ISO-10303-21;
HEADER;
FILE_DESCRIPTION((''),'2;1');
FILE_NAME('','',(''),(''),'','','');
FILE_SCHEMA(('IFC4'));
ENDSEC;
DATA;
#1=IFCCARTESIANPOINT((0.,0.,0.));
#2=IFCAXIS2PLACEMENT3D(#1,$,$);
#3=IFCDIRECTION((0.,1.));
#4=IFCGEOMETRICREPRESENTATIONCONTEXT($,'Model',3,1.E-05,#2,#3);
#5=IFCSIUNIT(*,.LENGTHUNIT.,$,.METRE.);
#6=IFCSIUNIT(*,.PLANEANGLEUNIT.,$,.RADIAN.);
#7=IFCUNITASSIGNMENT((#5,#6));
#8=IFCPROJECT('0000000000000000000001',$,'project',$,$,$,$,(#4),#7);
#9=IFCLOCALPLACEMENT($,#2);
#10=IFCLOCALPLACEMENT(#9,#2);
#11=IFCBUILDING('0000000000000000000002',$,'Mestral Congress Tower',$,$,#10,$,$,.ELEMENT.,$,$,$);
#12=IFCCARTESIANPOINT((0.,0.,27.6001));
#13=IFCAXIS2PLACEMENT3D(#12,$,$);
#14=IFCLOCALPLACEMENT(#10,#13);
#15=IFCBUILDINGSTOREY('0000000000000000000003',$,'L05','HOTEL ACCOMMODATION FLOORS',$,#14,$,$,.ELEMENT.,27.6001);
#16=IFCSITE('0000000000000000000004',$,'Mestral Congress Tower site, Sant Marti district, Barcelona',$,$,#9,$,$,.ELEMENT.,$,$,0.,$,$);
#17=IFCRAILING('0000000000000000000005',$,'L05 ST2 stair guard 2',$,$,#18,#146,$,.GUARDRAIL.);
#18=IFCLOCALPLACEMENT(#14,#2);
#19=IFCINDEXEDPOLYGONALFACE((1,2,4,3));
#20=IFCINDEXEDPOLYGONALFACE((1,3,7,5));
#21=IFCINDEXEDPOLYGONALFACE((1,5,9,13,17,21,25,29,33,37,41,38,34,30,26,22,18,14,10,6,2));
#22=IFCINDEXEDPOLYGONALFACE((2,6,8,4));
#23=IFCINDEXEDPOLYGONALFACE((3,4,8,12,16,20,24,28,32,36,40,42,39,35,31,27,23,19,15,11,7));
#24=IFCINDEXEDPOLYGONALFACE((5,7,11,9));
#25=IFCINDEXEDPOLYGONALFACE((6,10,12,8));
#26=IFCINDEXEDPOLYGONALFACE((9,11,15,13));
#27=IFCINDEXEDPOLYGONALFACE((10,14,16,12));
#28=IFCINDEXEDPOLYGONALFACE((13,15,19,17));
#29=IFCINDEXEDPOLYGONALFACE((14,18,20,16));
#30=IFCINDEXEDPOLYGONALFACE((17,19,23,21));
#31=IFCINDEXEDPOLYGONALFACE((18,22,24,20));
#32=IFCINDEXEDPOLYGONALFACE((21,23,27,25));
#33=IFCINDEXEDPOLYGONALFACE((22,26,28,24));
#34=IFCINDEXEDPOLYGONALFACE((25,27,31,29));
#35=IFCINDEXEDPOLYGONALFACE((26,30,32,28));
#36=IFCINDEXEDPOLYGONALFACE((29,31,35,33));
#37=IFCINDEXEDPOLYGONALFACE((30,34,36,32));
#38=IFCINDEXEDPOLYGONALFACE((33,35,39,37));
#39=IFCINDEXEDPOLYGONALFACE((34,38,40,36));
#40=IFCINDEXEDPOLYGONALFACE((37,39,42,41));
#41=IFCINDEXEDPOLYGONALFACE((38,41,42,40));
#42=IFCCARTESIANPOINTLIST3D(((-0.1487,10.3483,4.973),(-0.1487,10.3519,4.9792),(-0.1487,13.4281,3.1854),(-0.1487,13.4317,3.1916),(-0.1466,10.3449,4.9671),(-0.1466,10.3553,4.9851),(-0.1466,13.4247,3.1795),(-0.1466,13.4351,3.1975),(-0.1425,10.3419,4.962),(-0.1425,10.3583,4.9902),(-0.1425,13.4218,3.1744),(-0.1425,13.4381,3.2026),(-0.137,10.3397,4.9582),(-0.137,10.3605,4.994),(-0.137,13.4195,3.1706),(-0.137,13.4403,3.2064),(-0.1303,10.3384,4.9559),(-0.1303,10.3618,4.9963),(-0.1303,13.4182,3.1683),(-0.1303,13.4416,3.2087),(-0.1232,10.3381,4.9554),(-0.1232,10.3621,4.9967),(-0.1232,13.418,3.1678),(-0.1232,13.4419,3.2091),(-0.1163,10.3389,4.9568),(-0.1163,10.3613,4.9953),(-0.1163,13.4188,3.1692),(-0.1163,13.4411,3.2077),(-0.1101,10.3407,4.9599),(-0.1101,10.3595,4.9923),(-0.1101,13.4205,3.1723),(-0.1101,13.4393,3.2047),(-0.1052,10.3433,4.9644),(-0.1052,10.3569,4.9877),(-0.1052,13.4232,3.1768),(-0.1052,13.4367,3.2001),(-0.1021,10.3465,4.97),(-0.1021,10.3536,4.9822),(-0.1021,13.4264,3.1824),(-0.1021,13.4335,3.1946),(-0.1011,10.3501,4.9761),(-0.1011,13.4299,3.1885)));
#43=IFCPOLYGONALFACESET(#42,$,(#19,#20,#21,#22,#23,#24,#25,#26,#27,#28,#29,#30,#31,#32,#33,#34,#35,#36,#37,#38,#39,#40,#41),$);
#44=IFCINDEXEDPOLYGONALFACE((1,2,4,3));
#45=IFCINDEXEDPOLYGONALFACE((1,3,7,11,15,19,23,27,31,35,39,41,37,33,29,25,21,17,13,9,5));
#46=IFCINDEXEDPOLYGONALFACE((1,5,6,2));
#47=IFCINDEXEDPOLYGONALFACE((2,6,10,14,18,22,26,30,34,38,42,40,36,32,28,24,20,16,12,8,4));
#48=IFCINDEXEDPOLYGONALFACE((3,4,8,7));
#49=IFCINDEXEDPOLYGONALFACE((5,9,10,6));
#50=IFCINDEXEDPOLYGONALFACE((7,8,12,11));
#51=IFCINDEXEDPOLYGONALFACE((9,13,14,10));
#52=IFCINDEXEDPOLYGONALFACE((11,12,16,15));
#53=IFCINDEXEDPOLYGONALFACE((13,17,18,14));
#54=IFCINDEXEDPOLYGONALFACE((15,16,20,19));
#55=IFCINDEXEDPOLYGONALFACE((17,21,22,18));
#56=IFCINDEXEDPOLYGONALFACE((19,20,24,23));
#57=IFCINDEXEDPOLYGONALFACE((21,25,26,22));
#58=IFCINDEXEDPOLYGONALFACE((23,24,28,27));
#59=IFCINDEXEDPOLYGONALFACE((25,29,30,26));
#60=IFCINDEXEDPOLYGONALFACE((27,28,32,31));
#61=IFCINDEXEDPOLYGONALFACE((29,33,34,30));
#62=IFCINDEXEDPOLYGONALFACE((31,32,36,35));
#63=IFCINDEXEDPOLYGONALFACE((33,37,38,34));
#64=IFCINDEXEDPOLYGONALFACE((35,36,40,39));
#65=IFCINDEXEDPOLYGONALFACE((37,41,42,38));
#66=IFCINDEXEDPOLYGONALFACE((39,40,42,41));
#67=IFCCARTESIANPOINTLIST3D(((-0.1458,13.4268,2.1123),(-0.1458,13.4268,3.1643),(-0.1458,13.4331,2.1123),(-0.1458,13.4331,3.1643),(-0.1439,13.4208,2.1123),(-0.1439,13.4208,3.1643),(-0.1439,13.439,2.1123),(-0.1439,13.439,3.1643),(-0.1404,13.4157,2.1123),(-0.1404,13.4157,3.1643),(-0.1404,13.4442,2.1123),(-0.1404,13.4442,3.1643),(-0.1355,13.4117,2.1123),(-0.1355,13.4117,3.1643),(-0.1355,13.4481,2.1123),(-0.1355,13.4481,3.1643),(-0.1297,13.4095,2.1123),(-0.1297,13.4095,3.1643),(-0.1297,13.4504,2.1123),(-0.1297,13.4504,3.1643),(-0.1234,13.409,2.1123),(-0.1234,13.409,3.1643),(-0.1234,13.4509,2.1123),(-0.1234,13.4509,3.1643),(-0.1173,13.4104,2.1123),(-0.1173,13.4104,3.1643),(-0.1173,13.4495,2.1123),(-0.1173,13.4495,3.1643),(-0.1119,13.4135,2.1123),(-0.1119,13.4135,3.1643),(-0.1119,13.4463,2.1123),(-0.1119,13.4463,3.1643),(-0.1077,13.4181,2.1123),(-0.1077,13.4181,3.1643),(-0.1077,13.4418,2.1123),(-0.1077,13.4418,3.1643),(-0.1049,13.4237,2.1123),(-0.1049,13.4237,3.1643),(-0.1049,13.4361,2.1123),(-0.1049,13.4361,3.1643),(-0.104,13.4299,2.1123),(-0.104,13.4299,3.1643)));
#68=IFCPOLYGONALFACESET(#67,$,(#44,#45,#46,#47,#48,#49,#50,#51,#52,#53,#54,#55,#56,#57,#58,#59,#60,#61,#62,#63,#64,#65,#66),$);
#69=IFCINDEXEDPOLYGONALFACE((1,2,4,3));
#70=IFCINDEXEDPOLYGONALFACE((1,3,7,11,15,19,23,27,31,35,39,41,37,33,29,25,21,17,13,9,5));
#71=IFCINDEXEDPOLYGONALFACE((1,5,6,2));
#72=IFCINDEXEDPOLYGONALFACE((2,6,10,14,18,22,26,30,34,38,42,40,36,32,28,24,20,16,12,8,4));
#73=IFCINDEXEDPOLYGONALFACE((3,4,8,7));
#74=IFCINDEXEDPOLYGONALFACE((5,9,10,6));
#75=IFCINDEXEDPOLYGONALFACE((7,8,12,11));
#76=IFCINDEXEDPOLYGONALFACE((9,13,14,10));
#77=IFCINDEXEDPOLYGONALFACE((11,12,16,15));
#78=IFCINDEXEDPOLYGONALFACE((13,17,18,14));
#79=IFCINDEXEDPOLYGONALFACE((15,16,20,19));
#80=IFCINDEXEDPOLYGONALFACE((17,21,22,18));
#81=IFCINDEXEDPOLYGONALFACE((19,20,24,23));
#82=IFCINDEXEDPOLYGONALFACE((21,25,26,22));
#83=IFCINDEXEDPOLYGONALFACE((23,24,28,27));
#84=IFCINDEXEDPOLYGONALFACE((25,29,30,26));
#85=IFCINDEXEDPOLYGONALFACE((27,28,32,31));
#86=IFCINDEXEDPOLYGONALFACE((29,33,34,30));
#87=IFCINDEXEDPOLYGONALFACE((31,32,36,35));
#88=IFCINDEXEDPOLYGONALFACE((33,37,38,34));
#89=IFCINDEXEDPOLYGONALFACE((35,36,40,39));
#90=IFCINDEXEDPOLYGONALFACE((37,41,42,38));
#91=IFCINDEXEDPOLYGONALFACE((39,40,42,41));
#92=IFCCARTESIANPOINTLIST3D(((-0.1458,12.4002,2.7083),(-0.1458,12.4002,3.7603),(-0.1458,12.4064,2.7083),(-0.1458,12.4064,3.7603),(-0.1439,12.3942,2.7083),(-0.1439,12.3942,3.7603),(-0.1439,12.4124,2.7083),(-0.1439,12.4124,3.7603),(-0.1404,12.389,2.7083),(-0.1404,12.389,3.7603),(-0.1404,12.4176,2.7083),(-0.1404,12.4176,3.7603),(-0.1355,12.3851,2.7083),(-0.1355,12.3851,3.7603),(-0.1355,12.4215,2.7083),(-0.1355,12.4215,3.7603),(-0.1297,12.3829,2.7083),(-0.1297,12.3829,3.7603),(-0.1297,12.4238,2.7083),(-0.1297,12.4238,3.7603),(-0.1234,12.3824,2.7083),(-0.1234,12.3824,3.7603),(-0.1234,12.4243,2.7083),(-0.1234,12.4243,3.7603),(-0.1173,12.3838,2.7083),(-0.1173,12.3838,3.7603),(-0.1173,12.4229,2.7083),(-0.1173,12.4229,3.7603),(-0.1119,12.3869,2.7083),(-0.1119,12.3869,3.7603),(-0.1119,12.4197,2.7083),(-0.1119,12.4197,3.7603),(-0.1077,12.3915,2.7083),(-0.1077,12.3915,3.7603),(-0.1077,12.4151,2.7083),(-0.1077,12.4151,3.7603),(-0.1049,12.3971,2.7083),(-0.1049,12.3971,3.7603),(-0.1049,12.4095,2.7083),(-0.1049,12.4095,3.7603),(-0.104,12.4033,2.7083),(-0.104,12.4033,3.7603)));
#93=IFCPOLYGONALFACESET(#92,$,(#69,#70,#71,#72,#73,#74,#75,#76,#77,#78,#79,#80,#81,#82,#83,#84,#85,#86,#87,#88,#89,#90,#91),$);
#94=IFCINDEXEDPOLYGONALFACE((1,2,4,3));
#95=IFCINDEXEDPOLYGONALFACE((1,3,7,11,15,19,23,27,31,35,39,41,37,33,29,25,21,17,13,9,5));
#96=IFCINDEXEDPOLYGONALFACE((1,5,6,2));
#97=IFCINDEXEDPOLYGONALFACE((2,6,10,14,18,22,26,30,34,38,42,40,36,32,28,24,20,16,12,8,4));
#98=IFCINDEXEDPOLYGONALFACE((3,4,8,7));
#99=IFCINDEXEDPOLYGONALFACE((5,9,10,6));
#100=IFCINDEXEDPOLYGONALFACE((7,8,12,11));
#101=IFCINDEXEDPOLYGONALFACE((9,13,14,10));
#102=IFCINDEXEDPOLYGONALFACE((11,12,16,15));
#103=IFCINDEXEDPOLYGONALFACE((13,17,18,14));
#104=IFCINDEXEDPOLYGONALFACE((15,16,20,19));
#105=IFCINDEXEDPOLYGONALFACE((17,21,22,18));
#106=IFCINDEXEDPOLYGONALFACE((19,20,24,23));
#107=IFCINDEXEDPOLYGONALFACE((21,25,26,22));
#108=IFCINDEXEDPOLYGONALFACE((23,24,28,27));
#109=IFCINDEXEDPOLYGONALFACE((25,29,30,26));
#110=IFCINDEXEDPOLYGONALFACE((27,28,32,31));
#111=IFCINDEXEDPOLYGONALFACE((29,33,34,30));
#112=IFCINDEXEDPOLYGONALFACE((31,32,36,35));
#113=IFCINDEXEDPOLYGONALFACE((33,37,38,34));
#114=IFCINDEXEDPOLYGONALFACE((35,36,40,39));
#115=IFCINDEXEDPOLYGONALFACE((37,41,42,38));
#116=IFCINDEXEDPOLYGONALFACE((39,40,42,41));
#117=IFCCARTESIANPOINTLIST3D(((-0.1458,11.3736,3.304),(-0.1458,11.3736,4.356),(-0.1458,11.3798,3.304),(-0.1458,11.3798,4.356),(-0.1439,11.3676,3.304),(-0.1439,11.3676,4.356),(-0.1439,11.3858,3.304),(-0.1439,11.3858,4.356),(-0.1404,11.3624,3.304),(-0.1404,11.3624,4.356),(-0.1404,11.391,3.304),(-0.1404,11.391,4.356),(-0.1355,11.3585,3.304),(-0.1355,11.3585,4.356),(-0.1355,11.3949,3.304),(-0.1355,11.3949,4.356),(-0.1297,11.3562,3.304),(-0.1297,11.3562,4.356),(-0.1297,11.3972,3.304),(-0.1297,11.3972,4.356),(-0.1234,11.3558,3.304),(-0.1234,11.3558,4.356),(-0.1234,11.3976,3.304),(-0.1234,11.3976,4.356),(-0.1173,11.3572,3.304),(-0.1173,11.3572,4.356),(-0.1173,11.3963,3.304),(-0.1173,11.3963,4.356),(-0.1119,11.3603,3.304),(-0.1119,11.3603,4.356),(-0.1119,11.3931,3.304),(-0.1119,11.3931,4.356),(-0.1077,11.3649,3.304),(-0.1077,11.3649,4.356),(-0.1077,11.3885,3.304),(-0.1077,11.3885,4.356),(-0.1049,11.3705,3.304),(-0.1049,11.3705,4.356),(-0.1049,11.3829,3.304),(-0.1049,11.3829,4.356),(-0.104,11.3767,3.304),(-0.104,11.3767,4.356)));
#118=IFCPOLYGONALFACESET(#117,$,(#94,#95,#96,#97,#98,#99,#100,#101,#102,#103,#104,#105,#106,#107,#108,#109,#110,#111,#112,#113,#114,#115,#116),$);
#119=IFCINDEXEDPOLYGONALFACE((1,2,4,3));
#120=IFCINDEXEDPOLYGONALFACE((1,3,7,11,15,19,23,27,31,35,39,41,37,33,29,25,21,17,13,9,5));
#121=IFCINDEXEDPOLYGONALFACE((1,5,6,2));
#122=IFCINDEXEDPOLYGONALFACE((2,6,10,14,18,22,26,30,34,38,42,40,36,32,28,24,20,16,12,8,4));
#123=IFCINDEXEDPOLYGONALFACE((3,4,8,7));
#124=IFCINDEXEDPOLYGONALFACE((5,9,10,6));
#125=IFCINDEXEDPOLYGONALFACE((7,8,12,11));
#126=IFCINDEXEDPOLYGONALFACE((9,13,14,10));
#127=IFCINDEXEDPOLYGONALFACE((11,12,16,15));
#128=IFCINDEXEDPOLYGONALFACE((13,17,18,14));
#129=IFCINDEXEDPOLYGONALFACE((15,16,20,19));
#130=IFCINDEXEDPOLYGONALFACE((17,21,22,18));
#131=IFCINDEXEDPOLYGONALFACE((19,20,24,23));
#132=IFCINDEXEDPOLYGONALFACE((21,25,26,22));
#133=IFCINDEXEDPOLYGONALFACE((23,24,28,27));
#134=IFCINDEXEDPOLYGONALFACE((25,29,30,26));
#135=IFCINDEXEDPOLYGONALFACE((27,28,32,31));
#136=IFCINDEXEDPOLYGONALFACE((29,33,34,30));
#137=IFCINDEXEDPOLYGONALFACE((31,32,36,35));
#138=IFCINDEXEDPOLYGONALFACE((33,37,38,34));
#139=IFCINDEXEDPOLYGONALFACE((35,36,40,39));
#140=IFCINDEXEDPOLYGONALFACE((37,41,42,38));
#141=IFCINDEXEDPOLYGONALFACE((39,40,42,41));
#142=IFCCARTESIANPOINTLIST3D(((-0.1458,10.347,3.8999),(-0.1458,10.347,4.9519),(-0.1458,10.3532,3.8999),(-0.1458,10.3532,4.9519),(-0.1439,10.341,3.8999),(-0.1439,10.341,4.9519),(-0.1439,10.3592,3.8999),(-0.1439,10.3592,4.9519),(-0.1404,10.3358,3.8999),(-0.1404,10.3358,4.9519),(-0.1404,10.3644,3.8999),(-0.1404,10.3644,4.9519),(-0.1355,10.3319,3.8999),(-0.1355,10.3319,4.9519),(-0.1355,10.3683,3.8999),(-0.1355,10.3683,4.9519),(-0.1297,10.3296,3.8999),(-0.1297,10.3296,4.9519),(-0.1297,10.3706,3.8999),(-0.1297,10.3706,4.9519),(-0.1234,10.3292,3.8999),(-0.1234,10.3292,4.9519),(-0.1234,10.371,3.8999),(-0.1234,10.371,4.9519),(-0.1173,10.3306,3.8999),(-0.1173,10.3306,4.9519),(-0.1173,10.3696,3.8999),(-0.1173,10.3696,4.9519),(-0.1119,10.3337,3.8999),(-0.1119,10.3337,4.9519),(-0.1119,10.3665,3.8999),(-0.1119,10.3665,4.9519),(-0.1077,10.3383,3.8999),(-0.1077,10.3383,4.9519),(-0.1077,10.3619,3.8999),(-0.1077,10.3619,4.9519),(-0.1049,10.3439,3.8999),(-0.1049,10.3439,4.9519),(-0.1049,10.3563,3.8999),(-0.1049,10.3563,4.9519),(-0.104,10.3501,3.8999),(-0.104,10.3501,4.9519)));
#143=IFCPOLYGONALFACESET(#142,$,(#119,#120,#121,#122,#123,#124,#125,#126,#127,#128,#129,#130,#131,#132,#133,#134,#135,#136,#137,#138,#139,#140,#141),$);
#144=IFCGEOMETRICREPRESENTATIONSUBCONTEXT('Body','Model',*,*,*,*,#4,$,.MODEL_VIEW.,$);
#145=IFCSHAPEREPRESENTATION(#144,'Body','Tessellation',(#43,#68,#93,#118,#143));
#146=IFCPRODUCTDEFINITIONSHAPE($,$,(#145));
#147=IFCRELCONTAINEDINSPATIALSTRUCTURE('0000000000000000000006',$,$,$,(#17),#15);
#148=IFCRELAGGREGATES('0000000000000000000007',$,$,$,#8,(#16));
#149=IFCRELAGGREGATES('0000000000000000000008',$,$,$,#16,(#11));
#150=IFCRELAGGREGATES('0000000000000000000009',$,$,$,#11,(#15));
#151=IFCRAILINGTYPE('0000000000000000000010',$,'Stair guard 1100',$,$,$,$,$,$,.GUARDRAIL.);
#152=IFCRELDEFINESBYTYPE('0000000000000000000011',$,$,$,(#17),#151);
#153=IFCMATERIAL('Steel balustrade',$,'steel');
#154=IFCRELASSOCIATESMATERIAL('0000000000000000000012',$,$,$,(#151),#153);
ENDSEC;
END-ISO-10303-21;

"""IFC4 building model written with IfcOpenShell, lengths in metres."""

from ifc_helpers import new_model, si_unit, direction, frame, origin, origin_2d, place, context, subcontext, project, spatial, circle, extrude, material, type_object, element, save


model = new_model("IFC4")

# Units and contexts
model_context = context("Model", 3, precision=1e-05, world=origin(), true_north=direction((0.0, 1.0)))
body_context = subcontext(model_context, "Body", "Model", "MODEL_VIEW")
ifc_project = project(units=[si_unit("LENGTHUNIT", "METRE"), si_unit("PLANEANGLEUNIT", "RADIAN")], contexts=[model_context])

# Site, building, storey
site_placement = place(None, origin())
site = spatial("IfcSite", under=ifc_project, at=site_placement, Name="Mestral Congress Tower site, Sant Marti district, Barcelona", CompositionType="ELEMENT", RefElevation=0.0)
building_placement = place(site_placement, origin())
building = spatial("IfcBuilding", under=site, at=building_placement, Name="Mestral Congress Tower", CompositionType="ELEMENT")
storey_placement = place(building_placement, frame((0.0, 0.0, 27.6001)))
storey = spatial("IfcBuildingStorey", under=building, at=storey_placement, Name="L05", Description="HOTEL ACCOMMODATION FLOORS", CompositionType="ELEMENT", Elevation=27.6001)

# Railing
ifc_material_1 = material(Name="Steel balustrade", Category="steel")
railing_type = type_object("IfcRailingType", Name="Stair guard 1100", PredefinedType="GUARDRAIL", material=ifc_material_1)
railing_placement = place(storey_placement, frame((-0.125, 13.4299, 2.1123)))
element("IfcRailing", 1, at=railing_placement, inside=storey, type_object=railing_type, Name="L05 ST2 stair guard 2", PredefinedType="GUARDRAIL", context=body_context, shape_type="SweptSolid", body=[
    extrude(circle(Radius=0.0239, at=origin_2d()), frame((0.0, 0.0, 1.0762), z_axis=(0.0, -0.864873, 0.50199), x_axis=(1.0, 0.0, 0.0)), (0.0, 0.0, 1.0), 3.561),
    extrude(circle(Radius=0.021, at=origin_2d()), origin(), (0.0, 0.0, 1.0), 1.052),
    extrude(circle(Radius=0.021, at=origin_2d()), frame((0.0, -1.0266, 0.5959)), (0.0, 0.0, 1.0), 1.052),
    extrude(circle(Radius=0.021, at=origin_2d()), frame((0.0, -2.0532, 1.1917)), (0.0, 0.0, 1.0), 1.052),
    extrude(circle(Radius=0.021, at=origin_2d()), frame((0.0, -3.0798, 1.7876)), (0.0, 0.0, 1.0), 1.052),
])

save(model, "model.ifc")
